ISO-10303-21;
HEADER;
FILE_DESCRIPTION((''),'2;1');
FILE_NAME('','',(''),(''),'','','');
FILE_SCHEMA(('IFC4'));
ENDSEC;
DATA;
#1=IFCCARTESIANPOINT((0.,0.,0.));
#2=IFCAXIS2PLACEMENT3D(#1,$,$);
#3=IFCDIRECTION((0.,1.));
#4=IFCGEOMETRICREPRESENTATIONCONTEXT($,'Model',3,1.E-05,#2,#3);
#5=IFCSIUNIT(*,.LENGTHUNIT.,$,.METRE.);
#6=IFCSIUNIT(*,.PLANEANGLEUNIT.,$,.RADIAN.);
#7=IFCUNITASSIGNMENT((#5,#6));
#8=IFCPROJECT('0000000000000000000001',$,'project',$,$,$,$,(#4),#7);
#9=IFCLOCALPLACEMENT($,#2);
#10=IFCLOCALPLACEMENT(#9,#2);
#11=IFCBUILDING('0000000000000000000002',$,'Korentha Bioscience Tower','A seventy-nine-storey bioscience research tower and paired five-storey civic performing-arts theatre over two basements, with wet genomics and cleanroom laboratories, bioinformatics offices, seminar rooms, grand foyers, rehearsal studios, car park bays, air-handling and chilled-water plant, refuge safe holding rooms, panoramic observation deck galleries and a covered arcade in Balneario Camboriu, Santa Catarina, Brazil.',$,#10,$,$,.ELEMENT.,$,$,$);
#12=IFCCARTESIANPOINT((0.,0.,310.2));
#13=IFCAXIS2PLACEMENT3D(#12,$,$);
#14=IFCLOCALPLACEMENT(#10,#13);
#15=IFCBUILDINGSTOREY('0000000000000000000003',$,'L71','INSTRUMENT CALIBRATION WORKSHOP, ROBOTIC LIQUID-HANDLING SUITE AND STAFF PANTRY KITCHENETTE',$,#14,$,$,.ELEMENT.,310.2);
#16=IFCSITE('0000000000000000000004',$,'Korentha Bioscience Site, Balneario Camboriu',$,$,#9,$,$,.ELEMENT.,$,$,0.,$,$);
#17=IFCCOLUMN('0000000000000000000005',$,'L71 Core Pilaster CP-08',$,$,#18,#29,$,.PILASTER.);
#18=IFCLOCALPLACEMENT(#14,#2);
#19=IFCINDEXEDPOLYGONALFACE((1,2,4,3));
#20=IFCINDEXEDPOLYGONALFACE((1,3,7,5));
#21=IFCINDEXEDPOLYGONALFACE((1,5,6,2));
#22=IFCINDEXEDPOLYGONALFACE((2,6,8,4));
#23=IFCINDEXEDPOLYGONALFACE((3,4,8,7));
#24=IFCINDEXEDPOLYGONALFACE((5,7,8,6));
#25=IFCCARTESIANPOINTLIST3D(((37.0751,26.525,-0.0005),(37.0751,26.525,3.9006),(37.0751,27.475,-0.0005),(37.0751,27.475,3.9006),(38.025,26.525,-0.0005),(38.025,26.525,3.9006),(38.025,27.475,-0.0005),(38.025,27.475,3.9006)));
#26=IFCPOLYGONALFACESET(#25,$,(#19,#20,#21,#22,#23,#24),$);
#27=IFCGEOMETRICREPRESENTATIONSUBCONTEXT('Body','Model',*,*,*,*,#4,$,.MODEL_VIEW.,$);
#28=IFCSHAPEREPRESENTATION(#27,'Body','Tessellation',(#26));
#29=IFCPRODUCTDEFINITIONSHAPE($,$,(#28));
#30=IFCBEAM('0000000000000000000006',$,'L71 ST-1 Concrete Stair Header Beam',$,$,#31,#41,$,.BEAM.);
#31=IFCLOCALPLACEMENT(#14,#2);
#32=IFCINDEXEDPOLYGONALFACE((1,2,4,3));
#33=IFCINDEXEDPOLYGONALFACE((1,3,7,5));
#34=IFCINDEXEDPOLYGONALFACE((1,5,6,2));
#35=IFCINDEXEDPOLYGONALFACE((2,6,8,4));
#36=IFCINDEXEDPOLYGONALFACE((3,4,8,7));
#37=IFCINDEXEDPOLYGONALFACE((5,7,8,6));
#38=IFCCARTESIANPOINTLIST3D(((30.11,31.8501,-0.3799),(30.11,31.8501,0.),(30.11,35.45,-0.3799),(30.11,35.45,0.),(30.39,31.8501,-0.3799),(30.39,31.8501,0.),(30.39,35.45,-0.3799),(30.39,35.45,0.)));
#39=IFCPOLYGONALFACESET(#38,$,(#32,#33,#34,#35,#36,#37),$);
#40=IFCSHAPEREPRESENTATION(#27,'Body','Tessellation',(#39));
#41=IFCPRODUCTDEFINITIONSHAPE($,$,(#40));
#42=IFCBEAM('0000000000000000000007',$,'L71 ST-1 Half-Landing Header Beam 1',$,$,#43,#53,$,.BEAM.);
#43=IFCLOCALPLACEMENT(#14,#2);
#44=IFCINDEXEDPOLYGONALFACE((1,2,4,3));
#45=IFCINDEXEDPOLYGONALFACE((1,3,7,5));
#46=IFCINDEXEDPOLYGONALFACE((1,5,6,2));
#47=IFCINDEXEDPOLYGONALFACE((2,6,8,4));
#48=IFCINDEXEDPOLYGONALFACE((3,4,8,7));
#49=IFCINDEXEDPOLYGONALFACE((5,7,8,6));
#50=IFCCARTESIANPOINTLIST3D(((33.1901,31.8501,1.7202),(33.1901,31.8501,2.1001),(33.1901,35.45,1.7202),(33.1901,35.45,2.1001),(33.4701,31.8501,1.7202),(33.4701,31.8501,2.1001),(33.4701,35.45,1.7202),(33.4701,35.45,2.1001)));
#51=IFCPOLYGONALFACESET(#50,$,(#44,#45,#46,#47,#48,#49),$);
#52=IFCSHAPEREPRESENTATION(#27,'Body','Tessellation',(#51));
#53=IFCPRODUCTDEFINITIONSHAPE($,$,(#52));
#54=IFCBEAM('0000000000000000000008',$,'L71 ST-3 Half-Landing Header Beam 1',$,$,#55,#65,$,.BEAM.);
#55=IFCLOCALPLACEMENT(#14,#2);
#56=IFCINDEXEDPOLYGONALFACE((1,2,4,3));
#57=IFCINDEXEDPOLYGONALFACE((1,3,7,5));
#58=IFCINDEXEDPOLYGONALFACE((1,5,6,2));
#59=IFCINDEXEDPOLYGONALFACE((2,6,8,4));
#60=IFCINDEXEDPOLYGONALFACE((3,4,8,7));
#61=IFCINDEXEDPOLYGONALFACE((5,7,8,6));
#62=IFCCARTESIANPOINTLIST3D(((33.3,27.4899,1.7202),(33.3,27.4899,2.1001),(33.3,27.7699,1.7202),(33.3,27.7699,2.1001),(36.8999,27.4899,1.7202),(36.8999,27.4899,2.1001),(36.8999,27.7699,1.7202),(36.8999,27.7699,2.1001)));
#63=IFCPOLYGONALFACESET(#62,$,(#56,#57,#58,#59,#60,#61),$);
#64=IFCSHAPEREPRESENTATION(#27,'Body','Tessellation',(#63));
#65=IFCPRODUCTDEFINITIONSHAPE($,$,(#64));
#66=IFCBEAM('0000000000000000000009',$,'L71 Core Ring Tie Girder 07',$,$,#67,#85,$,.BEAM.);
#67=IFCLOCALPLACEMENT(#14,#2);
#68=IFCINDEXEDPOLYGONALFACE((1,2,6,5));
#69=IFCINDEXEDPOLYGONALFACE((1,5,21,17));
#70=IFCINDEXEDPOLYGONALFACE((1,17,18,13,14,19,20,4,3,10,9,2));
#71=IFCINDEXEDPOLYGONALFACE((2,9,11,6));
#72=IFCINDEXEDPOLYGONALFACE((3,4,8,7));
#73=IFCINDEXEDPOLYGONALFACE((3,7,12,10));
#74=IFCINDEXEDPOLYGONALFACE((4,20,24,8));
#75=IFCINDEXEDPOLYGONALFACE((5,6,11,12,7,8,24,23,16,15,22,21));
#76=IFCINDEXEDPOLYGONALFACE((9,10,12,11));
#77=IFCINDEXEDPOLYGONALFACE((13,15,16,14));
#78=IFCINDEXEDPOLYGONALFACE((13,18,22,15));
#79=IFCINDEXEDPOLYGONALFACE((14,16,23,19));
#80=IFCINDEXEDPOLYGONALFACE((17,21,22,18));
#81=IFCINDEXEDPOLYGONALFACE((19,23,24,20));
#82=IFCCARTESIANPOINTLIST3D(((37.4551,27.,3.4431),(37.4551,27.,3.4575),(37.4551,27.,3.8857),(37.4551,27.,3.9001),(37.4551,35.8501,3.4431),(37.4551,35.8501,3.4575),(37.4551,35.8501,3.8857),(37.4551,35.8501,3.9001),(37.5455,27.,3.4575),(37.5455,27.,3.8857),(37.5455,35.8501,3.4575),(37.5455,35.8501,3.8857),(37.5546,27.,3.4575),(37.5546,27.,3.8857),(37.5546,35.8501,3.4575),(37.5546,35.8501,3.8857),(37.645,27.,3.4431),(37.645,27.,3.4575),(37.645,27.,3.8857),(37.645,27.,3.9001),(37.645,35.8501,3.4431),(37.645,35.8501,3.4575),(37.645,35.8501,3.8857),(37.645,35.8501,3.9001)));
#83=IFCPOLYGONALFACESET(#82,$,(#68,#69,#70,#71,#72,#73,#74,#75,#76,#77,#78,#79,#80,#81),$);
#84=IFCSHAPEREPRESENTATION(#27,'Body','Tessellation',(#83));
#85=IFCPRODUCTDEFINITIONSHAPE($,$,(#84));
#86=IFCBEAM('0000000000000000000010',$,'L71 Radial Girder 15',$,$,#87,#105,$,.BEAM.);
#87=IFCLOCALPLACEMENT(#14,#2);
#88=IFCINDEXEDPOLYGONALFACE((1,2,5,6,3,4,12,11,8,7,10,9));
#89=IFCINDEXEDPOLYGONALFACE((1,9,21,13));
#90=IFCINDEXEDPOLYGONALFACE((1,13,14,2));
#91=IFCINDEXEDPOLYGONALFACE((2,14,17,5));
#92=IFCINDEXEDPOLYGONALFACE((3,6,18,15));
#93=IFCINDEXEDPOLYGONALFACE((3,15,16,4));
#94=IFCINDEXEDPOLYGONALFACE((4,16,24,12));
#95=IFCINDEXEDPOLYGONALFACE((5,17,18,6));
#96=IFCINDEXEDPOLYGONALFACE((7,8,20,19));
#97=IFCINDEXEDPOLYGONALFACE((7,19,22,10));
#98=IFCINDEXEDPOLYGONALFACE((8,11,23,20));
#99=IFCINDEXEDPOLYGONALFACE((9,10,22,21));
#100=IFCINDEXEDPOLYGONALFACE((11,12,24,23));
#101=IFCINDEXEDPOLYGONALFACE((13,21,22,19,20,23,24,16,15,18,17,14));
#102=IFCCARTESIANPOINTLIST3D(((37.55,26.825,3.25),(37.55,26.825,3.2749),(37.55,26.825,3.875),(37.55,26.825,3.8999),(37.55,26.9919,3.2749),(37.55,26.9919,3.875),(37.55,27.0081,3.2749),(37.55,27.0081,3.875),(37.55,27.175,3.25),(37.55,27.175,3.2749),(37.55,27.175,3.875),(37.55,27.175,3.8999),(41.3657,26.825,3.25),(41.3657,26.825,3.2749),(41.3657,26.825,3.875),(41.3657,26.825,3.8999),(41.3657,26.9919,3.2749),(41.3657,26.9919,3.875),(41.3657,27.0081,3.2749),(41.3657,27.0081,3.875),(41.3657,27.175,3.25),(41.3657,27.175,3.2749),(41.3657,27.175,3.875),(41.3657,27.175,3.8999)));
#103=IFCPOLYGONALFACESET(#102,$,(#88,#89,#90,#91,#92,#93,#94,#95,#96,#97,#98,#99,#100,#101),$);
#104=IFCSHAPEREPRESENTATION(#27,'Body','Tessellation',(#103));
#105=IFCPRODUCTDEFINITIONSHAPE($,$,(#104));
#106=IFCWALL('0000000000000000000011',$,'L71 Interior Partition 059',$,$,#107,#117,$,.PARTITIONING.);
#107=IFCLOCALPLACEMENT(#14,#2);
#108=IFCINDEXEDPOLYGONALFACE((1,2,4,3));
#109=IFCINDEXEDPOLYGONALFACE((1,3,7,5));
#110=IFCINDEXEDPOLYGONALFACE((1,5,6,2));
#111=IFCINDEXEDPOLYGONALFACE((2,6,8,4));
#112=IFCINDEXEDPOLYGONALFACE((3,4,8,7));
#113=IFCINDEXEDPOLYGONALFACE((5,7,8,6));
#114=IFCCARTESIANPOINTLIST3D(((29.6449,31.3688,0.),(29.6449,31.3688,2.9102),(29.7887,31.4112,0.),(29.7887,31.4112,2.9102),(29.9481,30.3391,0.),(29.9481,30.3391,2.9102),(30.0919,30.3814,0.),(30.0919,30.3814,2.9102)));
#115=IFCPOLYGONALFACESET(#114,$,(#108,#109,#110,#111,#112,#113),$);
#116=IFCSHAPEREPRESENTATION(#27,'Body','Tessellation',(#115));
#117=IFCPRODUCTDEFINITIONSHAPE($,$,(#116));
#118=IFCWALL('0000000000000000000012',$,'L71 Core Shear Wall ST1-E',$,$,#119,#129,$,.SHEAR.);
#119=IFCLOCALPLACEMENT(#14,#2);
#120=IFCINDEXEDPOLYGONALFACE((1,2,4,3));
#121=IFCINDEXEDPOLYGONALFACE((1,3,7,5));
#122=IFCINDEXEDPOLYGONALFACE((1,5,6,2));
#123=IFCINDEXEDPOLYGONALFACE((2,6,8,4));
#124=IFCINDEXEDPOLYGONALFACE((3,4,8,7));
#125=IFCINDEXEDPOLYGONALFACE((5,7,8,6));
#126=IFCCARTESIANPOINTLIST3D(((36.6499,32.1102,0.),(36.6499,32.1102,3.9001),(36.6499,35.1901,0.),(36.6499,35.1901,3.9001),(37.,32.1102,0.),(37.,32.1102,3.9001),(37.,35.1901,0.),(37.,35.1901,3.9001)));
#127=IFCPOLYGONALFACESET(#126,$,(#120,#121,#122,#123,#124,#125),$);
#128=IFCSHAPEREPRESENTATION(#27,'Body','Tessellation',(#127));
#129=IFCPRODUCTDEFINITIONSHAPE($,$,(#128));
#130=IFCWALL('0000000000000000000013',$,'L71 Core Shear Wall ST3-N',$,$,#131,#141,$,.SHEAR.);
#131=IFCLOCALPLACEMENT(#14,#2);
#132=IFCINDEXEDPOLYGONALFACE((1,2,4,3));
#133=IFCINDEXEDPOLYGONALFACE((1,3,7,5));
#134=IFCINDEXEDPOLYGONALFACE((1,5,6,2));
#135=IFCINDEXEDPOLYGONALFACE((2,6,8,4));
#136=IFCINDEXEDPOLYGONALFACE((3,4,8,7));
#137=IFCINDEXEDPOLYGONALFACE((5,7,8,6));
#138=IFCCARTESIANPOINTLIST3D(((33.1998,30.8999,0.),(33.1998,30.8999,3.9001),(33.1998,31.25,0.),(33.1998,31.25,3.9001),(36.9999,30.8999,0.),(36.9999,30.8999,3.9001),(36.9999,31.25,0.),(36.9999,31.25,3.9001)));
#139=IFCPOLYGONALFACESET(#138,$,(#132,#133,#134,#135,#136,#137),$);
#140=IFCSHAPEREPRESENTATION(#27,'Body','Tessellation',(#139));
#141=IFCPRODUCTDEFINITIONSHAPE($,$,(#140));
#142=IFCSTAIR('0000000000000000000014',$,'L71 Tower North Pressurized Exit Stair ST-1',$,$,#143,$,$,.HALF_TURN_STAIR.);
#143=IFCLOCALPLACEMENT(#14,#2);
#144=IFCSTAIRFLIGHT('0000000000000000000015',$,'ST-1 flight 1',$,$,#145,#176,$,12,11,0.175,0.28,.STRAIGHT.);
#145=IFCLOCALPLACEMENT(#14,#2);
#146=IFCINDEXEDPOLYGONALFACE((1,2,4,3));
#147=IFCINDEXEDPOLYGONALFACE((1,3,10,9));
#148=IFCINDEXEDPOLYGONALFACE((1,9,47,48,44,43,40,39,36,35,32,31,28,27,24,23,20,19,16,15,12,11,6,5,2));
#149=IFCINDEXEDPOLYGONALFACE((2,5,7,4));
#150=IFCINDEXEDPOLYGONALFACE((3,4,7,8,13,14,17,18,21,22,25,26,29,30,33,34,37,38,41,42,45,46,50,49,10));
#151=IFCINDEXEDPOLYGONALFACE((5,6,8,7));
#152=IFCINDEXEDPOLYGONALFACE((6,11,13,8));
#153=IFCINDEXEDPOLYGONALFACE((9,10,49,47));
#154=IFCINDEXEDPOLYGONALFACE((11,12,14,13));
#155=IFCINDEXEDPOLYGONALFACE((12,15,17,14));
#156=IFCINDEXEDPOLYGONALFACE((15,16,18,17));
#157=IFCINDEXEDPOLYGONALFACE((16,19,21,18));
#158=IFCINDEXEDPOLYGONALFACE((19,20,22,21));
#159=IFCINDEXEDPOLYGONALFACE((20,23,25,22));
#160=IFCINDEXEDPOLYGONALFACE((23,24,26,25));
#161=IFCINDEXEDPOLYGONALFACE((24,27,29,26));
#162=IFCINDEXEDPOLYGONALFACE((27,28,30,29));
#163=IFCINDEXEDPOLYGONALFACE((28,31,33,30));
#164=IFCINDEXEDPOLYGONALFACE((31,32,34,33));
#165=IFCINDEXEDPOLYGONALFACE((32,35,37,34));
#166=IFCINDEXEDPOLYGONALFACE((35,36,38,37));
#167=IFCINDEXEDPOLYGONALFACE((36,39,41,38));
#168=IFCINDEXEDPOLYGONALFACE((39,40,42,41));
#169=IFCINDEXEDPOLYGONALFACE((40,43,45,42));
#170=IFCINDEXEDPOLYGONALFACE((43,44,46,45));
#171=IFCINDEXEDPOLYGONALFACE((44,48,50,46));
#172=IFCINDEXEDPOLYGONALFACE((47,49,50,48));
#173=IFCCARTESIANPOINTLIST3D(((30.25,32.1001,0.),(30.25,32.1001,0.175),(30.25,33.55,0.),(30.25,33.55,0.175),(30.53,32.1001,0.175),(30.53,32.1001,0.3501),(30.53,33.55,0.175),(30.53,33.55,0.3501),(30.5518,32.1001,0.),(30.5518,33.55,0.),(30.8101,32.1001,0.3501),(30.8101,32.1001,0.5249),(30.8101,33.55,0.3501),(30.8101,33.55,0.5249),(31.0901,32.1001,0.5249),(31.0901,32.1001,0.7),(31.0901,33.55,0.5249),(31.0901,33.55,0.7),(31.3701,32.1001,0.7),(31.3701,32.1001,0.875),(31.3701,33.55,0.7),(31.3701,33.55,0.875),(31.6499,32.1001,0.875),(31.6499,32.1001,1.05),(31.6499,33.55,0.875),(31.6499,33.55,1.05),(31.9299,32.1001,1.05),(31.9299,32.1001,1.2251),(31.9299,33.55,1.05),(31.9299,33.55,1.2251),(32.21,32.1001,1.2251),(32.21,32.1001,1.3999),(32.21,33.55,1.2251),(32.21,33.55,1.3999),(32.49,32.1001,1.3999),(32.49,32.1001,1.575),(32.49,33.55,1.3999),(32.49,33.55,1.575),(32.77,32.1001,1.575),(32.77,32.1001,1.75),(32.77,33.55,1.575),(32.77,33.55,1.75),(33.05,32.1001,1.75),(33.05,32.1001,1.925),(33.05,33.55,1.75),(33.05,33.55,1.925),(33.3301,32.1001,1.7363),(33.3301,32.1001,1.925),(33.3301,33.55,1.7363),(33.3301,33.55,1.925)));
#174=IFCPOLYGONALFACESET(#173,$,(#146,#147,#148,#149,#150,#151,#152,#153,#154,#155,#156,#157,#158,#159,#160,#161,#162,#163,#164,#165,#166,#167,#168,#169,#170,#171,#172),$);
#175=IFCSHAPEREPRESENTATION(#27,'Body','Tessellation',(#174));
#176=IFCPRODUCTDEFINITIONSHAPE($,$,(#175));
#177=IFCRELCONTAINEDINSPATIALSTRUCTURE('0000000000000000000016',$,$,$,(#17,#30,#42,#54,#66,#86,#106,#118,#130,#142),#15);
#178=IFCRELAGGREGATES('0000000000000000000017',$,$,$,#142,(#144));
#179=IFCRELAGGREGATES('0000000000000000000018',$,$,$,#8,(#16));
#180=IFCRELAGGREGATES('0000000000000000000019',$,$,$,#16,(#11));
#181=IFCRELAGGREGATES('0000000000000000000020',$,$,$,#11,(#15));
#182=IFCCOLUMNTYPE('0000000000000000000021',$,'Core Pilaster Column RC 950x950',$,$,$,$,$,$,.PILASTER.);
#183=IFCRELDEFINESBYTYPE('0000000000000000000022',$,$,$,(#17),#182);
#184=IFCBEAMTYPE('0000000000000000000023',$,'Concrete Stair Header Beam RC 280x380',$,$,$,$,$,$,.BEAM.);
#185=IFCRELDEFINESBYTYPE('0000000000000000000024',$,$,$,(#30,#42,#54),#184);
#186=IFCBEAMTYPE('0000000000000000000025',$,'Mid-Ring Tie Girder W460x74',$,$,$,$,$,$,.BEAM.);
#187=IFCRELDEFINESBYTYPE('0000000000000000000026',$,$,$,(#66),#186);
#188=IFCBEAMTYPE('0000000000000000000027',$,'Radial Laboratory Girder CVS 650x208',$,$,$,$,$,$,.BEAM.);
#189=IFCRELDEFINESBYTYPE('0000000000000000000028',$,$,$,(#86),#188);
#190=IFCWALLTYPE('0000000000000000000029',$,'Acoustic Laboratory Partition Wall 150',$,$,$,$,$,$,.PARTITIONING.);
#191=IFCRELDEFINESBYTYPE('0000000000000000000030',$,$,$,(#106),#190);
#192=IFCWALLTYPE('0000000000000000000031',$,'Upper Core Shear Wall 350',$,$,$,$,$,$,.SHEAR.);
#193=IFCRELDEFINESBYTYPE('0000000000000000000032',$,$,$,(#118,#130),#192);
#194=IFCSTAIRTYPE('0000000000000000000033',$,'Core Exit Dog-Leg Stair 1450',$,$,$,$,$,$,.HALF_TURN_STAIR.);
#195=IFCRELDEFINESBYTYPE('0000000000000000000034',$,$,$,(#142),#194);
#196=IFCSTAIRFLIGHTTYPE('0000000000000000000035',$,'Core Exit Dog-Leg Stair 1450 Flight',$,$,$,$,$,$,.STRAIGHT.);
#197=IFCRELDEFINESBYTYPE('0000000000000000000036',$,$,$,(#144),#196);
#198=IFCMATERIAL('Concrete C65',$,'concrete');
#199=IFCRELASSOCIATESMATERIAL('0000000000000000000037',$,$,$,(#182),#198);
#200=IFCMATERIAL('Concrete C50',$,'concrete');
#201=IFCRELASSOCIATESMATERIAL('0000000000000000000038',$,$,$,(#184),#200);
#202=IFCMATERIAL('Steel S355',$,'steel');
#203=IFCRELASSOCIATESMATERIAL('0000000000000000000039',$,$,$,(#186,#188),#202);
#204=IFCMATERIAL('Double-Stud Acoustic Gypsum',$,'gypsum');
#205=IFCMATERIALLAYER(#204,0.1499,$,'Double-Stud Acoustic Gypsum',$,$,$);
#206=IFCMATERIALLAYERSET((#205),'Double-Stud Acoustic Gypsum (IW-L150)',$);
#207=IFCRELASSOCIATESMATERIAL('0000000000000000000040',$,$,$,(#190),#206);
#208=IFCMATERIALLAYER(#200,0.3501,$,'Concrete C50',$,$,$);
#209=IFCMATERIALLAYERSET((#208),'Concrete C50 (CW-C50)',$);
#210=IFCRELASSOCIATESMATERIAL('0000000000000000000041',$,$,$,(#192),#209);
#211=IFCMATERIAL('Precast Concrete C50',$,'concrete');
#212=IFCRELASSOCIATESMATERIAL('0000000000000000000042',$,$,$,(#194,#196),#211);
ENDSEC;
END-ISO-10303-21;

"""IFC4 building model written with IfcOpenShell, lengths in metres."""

from ifc_helpers import new_model, si_unit, direction, frame, frame_2d, origin, origin_2d, place, context, subcontext, project, spatial, polyline, rectangle, i_section, outline, extrude, material, layer, layer_set, material_profile, profile_set, type_object, element, aggregate, save


model = new_model("IFC4")

# Units and contexts
model_context = context("Model", 3, precision=1e-05, world=origin(), true_north=direction((0.0, 1.0)))
body_context = subcontext(model_context, "Body", "Model", "MODEL_VIEW")
ifc_project = project(units=[si_unit("LENGTHUNIT", "METRE"), si_unit("PLANEANGLEUNIT", "RADIAN")], contexts=[model_context])

# Site, building, storey
site_placement = place(None, origin())
site = spatial("IfcSite", under=ifc_project, at=site_placement, Name="Korentha Bioscience Site, Balneario Camboriu", CompositionType="ELEMENT", RefElevation=0.0)
building_placement = place(site_placement, origin())
building = spatial("IfcBuilding", under=site, at=building_placement, Name="Korentha Bioscience Tower", Description="A seventy-nine-storey bioscience research tower and paired five-storey civic performing-arts theatre over two basements, with wet genomics and cleanroom laboratories, bioinformatics offices, seminar rooms, grand foyers, rehearsal studios, car park bays, air-handling and chilled-water plant, refuge safe holding rooms, panoramic observation deck galleries and a covered arcade in Balneario Camboriu, Santa Catarina, Brazil.", CompositionType="ELEMENT")
storey_placement = place(building_placement, frame((0.0, 0.0, 310.2)))
storey = spatial("IfcBuildingStorey", under=building, at=storey_placement, Name="L71", Description="INSTRUMENT CALIBRATION WORKSHOP, ROBOTIC LIQUID-HANDLING SUITE AND STAFF PANTRY KITCHENETTE", CompositionType="ELEMENT", Elevation=310.2)

# Column
ifc_material_1 = material(Name="Concrete C65", Category="concrete")
ifc_material_profile_1 = material_profile(ifc_material_1, rectangle(XDim=0.95, YDim=0.95, at=origin_2d()), Name="Concrete C65")
ifc_profile_set_1 = profile_set([ifc_material_profile_1], Name="Concrete C65 (COL-CP09)")
column_type = type_object("IfcColumnType", Name="Core Pilaster Column RC 950x950", PredefinedType="PILASTER", material=ifc_profile_set_1)
column_placement = place(storey_placement, frame((37.55, 27.0, -0.0005), z_axis=(0.0, 0.0, 1.0), x_axis=(1.0, 0.0, 0.0)))
element("IfcColumn", 1, at=column_placement, inside=storey, type_object=column_type, Name="L71 Core Pilaster CP-08", PredefinedType="PILASTER", context=body_context, shape_type="SweptSolid", body=[
    extrude(rectangle(XDim=0.95, YDim=0.95, at=origin_2d()), origin(), (0.0, 0.0, 1.0), 3.9011),
])

# Beams
ifc_material_2 = material(Name="Concrete C50", Category="concrete")
ifc_material_profile_2 = material_profile(ifc_material_2, rectangle(XDim=0.28, YDim=0.3799, at=origin_2d()), Name="Concrete C50")
ifc_profile_set_2 = profile_set([ifc_material_profile_2], Name="Concrete C50 (ST-HB380)")
beam_type_1 = type_object("IfcBeamType", Name="Concrete Stair Header Beam RC 280x380", PredefinedType="BEAM", material=ifc_profile_set_2)
for number, where, z_axis, x_axis, name in (
    (2, (30.25, 31.8501, -0.1899), (0.0, 1.0, 0.0), (-1.0, 0.0, 0.0), "L71 ST-1 Concrete Stair Header Beam"),
    (3, (33.3301, 31.8501, 1.9102), (0.0, 1.0, 0.0), (-1.0, 0.0, 0.0), "L71 ST-1 Half-Landing Header Beam 1"),
    (4, (36.8999, 27.6299, 1.9102), (-1.0, 0.0, 0.0), (0.0, -1.0, 0.0), "L71 ST-3 Half-Landing Header Beam 1"),
):
    element("IfcBeam", number, at=place(storey_placement, frame(where, z_axis=z_axis, x_axis=x_axis)), inside=storey, type_object=beam_type_1, Name=name, PredefinedType="BEAM", context=body_context, shape_type="SweptSolid", body=[
        extrude(rectangle(XDim=0.28, YDim=0.3799, at=origin_2d()), origin(), (0.0, 0.0, 1.0), 3.5999),
    ])
ifc_material_3 = material(Name="Steel S355", Category="steel")
ifc_material_profile_3 = material_profile(ifc_material_3, i_section(OverallWidth=0.1899, OverallDepth=0.457, WebThickness=0.009, FlangeThickness=0.0144, at=origin_2d()), Name="Steel S355")
ifc_profile_set_3 = profile_set([ifc_material_profile_3], Name="Steel S355 (MB-460)")
beam_type_2 = type_object("IfcBeamType", Name="Mid-Ring Tie Girder W460x74", PredefinedType="BEAM", material=ifc_profile_set_3)
beam_1_placement = place(storey_placement, frame((37.55, 27.0, 3.6716), z_axis=(0.0, 1.0, 0.0), x_axis=(-1.0, 0.0, 0.0)))
element("IfcBeam", 5, at=beam_1_placement, inside=storey, type_object=beam_type_2, Name="L71 Core Ring Tie Girder 07", PredefinedType="BEAM", context=body_context, shape_type="SweptSolid", body=[
    extrude(i_section(OverallWidth=0.1899, OverallDepth=0.457, WebThickness=0.009, FlangeThickness=0.0144, at=origin_2d()), origin(), (0.0, 0.0, 1.0), 8.8501),
])
ifc_material_profile_4 = material_profile(ifc_material_3, i_section(OverallWidth=0.3501, OverallDepth=0.6499, WebThickness=0.0161, FlangeThickness=0.0249, at=origin_2d()), Name="Steel S355")
ifc_profile_set_4 = profile_set([ifc_material_profile_4], Name="Steel S355 (RB-650)")
beam_type_3 = type_object("IfcBeamType", Name="Radial Laboratory Girder CVS 650x208", PredefinedType="BEAM", material=ifc_profile_set_4)
beam_2_placement = place(storey_placement, frame((37.55, 27.0, 3.575), z_axis=(1.0, 0.0, 0.0), x_axis=(0.0, 1.0, 0.0)))
element("IfcBeam", 6, at=beam_2_placement, inside=storey, type_object=beam_type_3, Name="L71 Radial Girder 15", PredefinedType="BEAM", context=body_context, shape_type="SweptSolid", body=[
    extrude(i_section(OverallWidth=0.3501, OverallDepth=0.6499, WebThickness=0.0161, FlangeThickness=0.0249, at=origin_2d()), origin(), (0.0, 0.0, 1.0), 3.8157),
])

# Walls
ifc_material_4 = material(Name="Double-Stud Acoustic Gypsum", Category="gypsum")
ifc_layer_1 = layer(ifc_material_4, 0.1499, Name="Double-Stud Acoustic Gypsum")
ifc_layer_set_1 = layer_set([ifc_layer_1], Name="Double-Stud Acoustic Gypsum (IW-L150)")
wall_type_1 = type_object("IfcWallType", Name="Acoustic Laboratory Partition Wall 150", PredefinedType="PARTITIONING", material=ifc_layer_set_1)
wall_1_placement = place(storey_placement, frame((29.7168, 31.3899, 0.0), z_axis=(0.0, 0.0, 1.0), x_axis=(0.282462, -0.959279, 0.0)))
element("IfcWall", 7, at=wall_1_placement, inside=storey, type_object=wall_type_1, Name="L71 Interior Partition 059", PredefinedType="PARTITIONING", context=body_context, shape_type="SweptSolid", body=[
    extrude(rectangle(XDim=1.0735, YDim=0.1499, at=frame_2d((0.5366, 0.0))), origin(), (0.0, 0.0, 1.0), 2.9102),
])
ifc_layer_2 = layer(ifc_material_2, 0.3501, Name="Concrete C50")
ifc_layer_set_2 = layer_set([ifc_layer_2], Name="Concrete C50 (CW-C50)")
wall_type_2 = type_object("IfcWallType", Name="Upper Core Shear Wall 350", PredefinedType="SHEAR", material=ifc_layer_set_2)
wall_2_placement = place(storey_placement, frame((36.825, 32.1101, 0.0), z_axis=(0.0, 0.0, 1.0), x_axis=(0.0, 1.0, 0.0)))
element("IfcWall", 8, at=wall_2_placement, inside=storey, type_object=wall_type_2, Name="L71 Core Shear Wall ST1-E", PredefinedType="SHEAR", context=body_context, shape_type="SweptSolid", body=[
    extrude(rectangle(XDim=3.0798, YDim=0.3501, at=frame_2d((1.54, 0.0))), origin(), (0.0, 0.0, 1.0), 3.9001),
])
wall_3_placement = place(storey_placement, frame((33.2, 31.075, 0.0), z_axis=(0.0, 0.0, 1.0), x_axis=(1.0, 0.0, 0.0)))
element("IfcWall", 9, at=wall_3_placement, inside=storey, type_object=wall_type_2, Name="L71 Core Shear Wall ST3-N", PredefinedType="SHEAR", context=body_context, shape_type="SweptSolid", body=[
    extrude(rectangle(XDim=3.8, YDim=0.3501, at=frame_2d((1.8999, 0.0))), origin(), (0.0, 0.0, 1.0), 3.9001),
])

# Stair, stair flight
ifc_material_5 = material(Name="Precast Concrete C50", Category="concrete")
stair_type = type_object("IfcStairType", Name="Core Exit Dog-Leg Stair 1450", PredefinedType="HALF_TURN_STAIR", material=ifc_material_5)
stair_1_placement = place(storey_placement, origin())
stair_1 = element("IfcStair", 10, at=stair_1_placement, inside=storey, type_object=stair_type, Name="L71 Tower North Pressurized Exit Stair ST-1", PredefinedType="HALF_TURN_STAIR")
stair_flight_type = type_object("IfcStairFlightType", Name="Core Exit Dog-Leg Stair 1450 Flight", PredefinedType="STRAIGHT", material=ifc_material_5)
stair_flight_1_placement = place(storey_placement, frame((30.25, 32.825, 0.0), z_axis=(0.0, 0.0, 1.0), x_axis=(1.0, 0.0, 0.0)))
stair_flight_1 = element("IfcStairFlight", 11, at=stair_flight_1_placement, type_object=stair_flight_type, Name="ST-1 flight 1", NumberOfRisers=12, NumberOfTreads=11, PredefinedType="STRAIGHT", RiserHeight=0.175, TreadLength=0.28, context=body_context, shape_type="SweptSolid", body=[
    extrude(outline(polyline([(0.0, 0.0), (0.0, 0.175), (0.28, 0.175), (0.28, 0.3501), (0.5601, 0.3501), (0.5601, 0.5249), (0.8401, 0.5249), (0.8401, 0.7), (1.1201, 0.7), (1.1201, 0.875), (1.3999, 0.875), (1.3999, 1.05), (1.6799, 1.05), (1.6799, 1.2251), (1.96, 1.2251), (1.96, 1.3999), (2.24, 1.3999), (2.24, 1.575), (2.52, 1.575), (2.52, 1.75), (2.8, 1.75), (2.8, 1.925), (3.0801, 1.925), (3.0801, 2.1001), (3.0801, 1.7363), (0.3018, 0.0), (0.0, 0.0)])), frame((0.0, 0.7251, 0.0), z_axis=(0.0, -1.0, 0.0), x_axis=(1.0, 0.0, 0.0)), (0.0, 0.0, 1.0), 1.45),
])
aggregate(stair_1, [stair_flight_1])

save(model, "model.ifc")
